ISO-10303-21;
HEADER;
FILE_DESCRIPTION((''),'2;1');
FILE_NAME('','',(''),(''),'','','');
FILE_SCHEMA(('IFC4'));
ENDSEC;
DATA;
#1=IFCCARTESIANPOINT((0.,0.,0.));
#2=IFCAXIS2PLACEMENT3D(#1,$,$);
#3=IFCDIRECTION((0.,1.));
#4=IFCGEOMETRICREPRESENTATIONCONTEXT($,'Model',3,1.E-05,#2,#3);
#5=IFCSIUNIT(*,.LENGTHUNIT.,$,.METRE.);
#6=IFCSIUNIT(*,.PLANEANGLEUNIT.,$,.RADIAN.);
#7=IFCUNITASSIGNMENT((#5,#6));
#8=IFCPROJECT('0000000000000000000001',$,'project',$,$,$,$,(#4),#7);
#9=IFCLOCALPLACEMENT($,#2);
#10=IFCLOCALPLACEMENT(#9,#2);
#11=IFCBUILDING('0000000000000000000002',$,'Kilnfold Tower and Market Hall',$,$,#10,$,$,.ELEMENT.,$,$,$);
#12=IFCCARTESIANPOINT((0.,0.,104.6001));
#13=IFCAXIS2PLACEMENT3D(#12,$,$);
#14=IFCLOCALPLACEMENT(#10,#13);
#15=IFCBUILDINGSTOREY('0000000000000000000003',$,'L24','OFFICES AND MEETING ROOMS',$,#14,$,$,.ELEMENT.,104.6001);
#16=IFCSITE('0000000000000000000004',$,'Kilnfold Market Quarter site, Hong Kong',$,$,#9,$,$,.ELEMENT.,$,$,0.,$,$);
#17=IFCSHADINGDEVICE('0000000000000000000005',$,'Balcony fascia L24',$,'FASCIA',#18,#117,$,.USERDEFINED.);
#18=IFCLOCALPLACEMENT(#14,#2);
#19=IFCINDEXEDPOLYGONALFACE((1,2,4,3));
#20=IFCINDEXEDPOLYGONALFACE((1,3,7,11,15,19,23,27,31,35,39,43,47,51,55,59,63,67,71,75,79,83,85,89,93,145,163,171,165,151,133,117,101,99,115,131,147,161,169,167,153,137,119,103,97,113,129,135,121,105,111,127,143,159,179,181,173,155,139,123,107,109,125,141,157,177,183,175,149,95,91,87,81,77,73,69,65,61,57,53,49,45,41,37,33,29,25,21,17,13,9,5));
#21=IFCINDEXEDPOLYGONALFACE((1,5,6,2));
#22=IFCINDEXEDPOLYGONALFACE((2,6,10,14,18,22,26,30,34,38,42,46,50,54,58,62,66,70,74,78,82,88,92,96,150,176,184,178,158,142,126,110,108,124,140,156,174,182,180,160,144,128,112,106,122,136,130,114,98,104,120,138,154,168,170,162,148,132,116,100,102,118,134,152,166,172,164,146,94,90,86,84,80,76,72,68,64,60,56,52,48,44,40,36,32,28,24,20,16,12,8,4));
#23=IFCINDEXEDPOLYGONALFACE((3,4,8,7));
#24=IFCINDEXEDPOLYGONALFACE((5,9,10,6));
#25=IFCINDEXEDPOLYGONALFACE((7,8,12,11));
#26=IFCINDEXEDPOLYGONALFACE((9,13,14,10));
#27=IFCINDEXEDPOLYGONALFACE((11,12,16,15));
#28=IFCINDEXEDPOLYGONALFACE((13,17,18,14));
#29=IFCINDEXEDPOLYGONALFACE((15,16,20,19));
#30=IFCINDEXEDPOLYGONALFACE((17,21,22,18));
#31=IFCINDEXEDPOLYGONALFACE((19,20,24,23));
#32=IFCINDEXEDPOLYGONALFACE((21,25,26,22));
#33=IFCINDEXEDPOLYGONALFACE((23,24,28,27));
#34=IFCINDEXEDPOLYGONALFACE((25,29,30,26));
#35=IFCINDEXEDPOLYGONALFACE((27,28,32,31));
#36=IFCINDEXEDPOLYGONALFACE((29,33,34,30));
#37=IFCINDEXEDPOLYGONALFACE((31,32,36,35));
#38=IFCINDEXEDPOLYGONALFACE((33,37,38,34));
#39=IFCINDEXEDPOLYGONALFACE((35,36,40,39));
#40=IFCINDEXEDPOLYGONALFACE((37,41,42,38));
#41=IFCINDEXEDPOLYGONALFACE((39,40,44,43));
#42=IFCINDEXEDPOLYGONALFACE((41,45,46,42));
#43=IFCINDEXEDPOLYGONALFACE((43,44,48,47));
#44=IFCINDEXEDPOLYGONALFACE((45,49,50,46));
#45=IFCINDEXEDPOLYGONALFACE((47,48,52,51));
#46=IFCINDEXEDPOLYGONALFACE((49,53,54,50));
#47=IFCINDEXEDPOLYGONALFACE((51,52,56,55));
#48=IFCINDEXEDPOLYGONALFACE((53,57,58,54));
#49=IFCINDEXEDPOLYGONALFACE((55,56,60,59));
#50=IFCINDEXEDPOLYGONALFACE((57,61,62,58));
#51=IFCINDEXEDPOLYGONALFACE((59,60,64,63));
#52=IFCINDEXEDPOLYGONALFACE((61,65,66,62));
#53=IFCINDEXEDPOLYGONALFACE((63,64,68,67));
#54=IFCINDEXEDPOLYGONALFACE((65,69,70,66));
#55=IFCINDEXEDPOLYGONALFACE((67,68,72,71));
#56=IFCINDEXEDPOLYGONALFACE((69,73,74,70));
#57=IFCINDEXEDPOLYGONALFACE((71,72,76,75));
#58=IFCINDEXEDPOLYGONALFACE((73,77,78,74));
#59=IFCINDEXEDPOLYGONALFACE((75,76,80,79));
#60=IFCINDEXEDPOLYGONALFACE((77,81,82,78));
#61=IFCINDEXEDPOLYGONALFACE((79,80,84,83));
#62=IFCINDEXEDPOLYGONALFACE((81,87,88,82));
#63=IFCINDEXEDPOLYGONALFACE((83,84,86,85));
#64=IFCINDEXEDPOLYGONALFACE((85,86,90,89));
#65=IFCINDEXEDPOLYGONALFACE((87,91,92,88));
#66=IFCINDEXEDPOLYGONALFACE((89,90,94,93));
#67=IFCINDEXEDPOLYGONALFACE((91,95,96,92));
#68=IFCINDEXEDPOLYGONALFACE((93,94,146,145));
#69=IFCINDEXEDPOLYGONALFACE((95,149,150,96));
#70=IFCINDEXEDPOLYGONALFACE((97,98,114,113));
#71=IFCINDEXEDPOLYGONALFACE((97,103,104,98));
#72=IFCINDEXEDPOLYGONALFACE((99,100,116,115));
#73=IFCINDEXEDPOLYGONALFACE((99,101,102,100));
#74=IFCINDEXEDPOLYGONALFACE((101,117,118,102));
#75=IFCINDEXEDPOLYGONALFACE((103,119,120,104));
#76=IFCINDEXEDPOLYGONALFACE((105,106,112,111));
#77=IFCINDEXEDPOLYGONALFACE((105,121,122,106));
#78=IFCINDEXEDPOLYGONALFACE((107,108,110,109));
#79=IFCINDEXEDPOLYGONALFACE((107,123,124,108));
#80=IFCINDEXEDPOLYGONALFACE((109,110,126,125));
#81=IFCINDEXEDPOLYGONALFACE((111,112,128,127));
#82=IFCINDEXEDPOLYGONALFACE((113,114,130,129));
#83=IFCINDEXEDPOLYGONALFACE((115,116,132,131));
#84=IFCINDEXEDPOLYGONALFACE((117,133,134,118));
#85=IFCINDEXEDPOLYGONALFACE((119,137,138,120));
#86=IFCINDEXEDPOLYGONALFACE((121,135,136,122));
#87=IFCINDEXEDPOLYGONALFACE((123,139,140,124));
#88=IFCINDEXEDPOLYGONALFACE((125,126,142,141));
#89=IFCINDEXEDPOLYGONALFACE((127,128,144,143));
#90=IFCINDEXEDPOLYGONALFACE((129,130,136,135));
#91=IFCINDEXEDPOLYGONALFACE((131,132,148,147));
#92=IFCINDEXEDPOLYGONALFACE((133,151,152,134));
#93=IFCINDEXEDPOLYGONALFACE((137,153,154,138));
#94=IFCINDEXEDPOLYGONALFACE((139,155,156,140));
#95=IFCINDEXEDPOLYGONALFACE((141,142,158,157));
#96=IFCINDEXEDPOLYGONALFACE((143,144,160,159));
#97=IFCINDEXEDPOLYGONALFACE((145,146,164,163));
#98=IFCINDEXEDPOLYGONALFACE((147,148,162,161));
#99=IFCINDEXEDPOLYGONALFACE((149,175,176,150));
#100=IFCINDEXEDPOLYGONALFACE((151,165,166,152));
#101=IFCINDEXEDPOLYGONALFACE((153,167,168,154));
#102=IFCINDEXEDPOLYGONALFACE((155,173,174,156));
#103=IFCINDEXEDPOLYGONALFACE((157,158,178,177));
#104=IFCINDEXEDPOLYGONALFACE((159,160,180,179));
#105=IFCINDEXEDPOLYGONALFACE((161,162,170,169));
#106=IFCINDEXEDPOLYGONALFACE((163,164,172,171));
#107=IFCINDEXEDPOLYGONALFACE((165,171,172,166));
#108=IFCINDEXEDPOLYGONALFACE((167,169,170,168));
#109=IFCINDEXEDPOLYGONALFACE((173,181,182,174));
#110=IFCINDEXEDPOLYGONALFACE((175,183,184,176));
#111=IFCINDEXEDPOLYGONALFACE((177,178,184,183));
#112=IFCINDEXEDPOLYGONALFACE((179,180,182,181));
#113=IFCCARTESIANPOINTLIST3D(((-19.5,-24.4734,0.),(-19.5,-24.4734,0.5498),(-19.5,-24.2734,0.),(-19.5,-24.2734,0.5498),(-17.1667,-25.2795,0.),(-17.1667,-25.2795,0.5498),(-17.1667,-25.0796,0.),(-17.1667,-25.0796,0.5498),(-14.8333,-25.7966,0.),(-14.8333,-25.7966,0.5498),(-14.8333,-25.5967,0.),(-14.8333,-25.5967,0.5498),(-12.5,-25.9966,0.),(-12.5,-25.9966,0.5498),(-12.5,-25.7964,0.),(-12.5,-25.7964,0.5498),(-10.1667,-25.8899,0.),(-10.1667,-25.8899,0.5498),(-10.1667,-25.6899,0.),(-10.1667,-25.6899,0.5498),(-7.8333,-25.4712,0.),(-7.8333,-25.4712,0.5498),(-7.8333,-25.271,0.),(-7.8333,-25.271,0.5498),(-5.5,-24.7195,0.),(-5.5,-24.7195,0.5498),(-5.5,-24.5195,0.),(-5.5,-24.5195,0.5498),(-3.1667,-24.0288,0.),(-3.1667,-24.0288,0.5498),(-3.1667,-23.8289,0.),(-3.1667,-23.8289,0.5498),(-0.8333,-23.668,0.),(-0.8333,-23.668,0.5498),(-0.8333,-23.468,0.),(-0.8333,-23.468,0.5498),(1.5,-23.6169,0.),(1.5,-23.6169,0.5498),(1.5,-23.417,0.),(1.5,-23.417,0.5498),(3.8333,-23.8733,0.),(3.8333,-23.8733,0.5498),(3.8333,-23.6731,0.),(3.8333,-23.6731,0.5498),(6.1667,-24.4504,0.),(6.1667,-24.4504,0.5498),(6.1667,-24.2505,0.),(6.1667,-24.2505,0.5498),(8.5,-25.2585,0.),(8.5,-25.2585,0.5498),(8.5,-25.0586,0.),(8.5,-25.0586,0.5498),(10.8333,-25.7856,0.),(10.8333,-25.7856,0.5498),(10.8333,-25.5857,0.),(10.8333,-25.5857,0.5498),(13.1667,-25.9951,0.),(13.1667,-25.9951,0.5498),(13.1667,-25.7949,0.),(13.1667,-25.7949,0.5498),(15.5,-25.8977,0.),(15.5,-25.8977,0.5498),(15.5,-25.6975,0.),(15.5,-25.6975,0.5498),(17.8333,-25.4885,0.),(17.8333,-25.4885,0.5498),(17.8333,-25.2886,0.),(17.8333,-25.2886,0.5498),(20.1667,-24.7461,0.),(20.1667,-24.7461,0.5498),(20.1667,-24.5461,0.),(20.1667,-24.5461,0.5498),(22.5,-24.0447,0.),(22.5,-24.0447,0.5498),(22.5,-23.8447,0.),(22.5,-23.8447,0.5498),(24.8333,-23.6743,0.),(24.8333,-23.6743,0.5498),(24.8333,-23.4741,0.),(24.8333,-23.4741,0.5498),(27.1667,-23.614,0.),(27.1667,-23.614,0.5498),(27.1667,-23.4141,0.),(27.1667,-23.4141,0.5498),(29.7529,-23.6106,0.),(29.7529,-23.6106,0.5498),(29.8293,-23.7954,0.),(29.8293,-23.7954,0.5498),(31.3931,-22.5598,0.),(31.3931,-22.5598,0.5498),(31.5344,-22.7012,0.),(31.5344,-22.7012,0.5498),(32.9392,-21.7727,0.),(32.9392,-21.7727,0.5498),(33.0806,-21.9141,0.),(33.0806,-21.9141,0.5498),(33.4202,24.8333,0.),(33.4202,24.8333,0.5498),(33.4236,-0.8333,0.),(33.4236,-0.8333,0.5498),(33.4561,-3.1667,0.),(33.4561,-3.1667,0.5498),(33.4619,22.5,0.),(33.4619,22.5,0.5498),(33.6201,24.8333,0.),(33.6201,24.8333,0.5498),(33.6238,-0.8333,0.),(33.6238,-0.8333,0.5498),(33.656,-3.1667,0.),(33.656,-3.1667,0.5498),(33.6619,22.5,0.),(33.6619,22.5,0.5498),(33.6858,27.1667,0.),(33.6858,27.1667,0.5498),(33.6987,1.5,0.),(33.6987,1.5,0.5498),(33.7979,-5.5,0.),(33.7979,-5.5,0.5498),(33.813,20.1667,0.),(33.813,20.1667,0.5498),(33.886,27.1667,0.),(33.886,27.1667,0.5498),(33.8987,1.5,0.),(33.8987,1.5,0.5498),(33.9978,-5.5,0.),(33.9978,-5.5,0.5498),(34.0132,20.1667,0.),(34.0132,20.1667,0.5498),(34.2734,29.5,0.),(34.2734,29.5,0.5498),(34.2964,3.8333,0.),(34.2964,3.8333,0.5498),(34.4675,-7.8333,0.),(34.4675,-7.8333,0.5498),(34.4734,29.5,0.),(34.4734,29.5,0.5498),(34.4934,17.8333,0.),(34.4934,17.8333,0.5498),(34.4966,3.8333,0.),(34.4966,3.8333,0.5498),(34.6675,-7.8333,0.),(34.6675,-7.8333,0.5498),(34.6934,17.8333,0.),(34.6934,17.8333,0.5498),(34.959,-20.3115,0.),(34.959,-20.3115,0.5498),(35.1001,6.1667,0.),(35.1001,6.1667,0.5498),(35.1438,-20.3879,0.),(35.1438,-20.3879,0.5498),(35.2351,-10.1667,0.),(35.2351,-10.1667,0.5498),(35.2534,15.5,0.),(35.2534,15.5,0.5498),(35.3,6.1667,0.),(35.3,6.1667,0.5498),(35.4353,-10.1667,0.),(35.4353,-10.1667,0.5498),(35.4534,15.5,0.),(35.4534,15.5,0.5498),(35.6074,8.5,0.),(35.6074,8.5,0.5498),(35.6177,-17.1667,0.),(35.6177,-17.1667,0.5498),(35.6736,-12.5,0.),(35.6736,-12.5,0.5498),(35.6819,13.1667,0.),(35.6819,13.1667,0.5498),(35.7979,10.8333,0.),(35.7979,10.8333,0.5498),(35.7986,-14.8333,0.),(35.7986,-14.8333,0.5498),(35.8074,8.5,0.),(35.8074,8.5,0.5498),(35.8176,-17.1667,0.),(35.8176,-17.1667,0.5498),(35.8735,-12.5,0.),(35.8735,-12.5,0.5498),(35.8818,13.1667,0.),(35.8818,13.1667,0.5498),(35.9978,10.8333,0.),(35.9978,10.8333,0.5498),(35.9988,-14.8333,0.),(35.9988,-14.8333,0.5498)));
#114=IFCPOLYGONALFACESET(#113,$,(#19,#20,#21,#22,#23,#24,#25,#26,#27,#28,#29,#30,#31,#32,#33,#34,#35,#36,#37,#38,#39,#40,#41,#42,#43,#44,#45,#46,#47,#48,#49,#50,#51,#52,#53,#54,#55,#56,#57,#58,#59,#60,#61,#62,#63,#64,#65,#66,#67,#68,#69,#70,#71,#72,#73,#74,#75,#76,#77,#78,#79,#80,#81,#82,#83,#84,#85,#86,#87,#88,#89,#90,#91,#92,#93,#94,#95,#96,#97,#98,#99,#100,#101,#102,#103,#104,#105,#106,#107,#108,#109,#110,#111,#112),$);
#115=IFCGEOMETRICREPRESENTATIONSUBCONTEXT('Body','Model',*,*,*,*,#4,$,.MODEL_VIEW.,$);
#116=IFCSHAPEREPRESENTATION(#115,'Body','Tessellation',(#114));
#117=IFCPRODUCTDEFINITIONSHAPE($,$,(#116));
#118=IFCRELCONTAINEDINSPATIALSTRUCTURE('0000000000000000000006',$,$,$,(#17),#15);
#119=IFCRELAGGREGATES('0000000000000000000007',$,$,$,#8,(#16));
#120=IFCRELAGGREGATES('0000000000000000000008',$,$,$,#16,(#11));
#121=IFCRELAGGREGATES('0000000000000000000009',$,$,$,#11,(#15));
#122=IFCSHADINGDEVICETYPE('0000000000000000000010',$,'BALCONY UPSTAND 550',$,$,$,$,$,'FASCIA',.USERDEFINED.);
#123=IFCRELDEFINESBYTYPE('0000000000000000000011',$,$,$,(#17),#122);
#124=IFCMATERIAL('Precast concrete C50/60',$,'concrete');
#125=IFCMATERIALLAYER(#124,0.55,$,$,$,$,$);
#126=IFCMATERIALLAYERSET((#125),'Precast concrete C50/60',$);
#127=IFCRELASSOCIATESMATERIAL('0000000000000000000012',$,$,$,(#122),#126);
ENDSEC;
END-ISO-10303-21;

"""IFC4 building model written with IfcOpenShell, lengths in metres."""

from ifc_helpers import new_model, si_unit, direction, frame, origin, place, context, subcontext, project, spatial, polyline, outline, extrude, source, transform, mapped, material, layer, layer_set, type_object, element, save


model = new_model("IFC4")

# Units and contexts
model_context = context("Model", 3, precision=1e-05, world=origin(), true_north=direction((0.0, 1.0)))
body_context = subcontext(model_context, "Body", "Model", "MODEL_VIEW")
ifc_project = project(units=[si_unit("LENGTHUNIT", "METRE"), si_unit("PLANEANGLEUNIT", "RADIAN")], contexts=[model_context])

# Site, building, storey
site_placement = place(None, origin())
site = spatial("IfcSite", under=ifc_project, at=site_placement, Name="Kilnfold Market Quarter site, Hong Kong", CompositionType="ELEMENT", RefElevation=0.0)
building_placement = place(site_placement, origin())
building = spatial("IfcBuilding", under=site, at=building_placement, Name="Kilnfold Tower and Market Hall", CompositionType="ELEMENT")
storey_placement = place(building_placement, frame((0.0, 0.0, 104.6001)))
storey = spatial("IfcBuildingStorey", under=building, at=storey_placement, Name="L24", Description="OFFICES AND MEETING ROOMS", CompositionType="ELEMENT", Elevation=104.6001)

# Shading device
ifc_material_1 = material(Name="Precast concrete C50/60", Category="concrete")
ifc_layer_1 = layer(ifc_material_1, 0.55)
ifc_layer_set_1 = layer_set([ifc_layer_1], Name="Precast concrete C50/60")
shading_device_type_1 = type_object("IfcShadingDeviceType", Name="BALCONY UPSTAND 550", ElementType="FASCIA", PredefinedType="USERDEFINED", material=ifc_layer_set_1)
shared_shape_1 = source(origin(), body_context, "Body", "SweptSolid", [
    extrude(outline(polyline([(-19.5, -24.4734), (-17.1667, -25.2795), (-14.8333, -25.7966), (-12.5, -25.9966), (-10.1667, -25.8899), (-7.8333, -25.4712), (-5.5, -24.7195), (-3.1667, -24.0288), (-0.8333, -23.668), (1.5, -23.6169), (3.8333, -23.8733), (6.1667, -24.4504), (8.5, -25.2585), (10.8333, -25.7856), (13.1667, -25.9951), (15.5, -25.8977), (17.8333, -25.4885), (20.1667, -24.7461), (22.5, -24.0447), (24.8333, -23.6743), (27.1667, -23.614), (29.8293, -23.7954), (31.5344, -22.7012), (33.0806, -21.9141), (35.1438, -20.3879), (35.8176, -17.1667), (35.9988, -14.8333), (35.8735, -12.5), (35.4353, -10.1667), (34.6675, -7.8333), (33.9978, -5.5), (33.656, -3.1667), (33.6238, -0.8333), (33.8987, 1.5), (34.4966, 3.8333), (35.3, 6.1667), (35.8074, 8.5), (35.9978, 10.8333), (35.8818, 13.1667), (35.4534, 15.5), (34.6934, 17.8333), (34.0132, 20.1667), (33.6619, 22.5), (33.6201, 24.8333), (33.886, 27.1667), (34.4734, 29.5), (34.2734, 29.5), (33.6858, 27.1667), (33.4202, 24.8333), (33.4619, 22.5), (33.813, 20.1667), (34.4934, 17.8333), (35.2534, 15.5), (35.6819, 13.1667), (35.7979, 10.8333), (35.6074, 8.5), (35.1001, 6.1667), (34.2964, 3.8333), (33.6987, 1.5), (33.4236, -0.8333), (33.4561, -3.1667), (33.7979, -5.5), (34.4675, -7.8333), (35.2351, -10.1667), (35.6736, -12.5), (35.7986, -14.8333), (35.6177, -17.1667), (34.959, -20.3115), (32.9392, -21.7727), (31.3931, -22.5598), (29.7529, -23.6106), (27.1667, -23.4141), (24.8333, -23.4741), (22.5, -23.8447), (20.1667, -24.5461), (17.8333, -25.2886), (15.5, -25.6975), (13.1667, -25.7949), (10.8333, -25.5857), (8.5, -25.0586), (6.1667, -24.2505), (3.8333, -23.6731), (1.5, -23.417), (-0.8333, -23.468), (-3.1667, -23.8289), (-5.5, -24.5195), (-7.8333, -25.271), (-10.1667, -25.6899), (-12.5, -25.7964), (-14.8333, -25.5967), (-17.1667, -25.0796), (-19.5, -24.2734), (-19.5, -24.4734)])), origin(), (0.0, 0.0, 1.0), 0.5498),
])
shading_device_1_placement = place(storey_placement, origin())
element("IfcShadingDevice", 1, at=shading_device_1_placement, inside=storey, type_object=shading_device_type_1, Name="Balcony fascia L24", ObjectType="FASCIA", PredefinedType="USERDEFINED", context=body_context, shape_type="MappedRepresentation", body=[
    mapped(shared_shape_1, transform((0.0, 0.0, 0.0))),
])

save(model, "model.ifc")
